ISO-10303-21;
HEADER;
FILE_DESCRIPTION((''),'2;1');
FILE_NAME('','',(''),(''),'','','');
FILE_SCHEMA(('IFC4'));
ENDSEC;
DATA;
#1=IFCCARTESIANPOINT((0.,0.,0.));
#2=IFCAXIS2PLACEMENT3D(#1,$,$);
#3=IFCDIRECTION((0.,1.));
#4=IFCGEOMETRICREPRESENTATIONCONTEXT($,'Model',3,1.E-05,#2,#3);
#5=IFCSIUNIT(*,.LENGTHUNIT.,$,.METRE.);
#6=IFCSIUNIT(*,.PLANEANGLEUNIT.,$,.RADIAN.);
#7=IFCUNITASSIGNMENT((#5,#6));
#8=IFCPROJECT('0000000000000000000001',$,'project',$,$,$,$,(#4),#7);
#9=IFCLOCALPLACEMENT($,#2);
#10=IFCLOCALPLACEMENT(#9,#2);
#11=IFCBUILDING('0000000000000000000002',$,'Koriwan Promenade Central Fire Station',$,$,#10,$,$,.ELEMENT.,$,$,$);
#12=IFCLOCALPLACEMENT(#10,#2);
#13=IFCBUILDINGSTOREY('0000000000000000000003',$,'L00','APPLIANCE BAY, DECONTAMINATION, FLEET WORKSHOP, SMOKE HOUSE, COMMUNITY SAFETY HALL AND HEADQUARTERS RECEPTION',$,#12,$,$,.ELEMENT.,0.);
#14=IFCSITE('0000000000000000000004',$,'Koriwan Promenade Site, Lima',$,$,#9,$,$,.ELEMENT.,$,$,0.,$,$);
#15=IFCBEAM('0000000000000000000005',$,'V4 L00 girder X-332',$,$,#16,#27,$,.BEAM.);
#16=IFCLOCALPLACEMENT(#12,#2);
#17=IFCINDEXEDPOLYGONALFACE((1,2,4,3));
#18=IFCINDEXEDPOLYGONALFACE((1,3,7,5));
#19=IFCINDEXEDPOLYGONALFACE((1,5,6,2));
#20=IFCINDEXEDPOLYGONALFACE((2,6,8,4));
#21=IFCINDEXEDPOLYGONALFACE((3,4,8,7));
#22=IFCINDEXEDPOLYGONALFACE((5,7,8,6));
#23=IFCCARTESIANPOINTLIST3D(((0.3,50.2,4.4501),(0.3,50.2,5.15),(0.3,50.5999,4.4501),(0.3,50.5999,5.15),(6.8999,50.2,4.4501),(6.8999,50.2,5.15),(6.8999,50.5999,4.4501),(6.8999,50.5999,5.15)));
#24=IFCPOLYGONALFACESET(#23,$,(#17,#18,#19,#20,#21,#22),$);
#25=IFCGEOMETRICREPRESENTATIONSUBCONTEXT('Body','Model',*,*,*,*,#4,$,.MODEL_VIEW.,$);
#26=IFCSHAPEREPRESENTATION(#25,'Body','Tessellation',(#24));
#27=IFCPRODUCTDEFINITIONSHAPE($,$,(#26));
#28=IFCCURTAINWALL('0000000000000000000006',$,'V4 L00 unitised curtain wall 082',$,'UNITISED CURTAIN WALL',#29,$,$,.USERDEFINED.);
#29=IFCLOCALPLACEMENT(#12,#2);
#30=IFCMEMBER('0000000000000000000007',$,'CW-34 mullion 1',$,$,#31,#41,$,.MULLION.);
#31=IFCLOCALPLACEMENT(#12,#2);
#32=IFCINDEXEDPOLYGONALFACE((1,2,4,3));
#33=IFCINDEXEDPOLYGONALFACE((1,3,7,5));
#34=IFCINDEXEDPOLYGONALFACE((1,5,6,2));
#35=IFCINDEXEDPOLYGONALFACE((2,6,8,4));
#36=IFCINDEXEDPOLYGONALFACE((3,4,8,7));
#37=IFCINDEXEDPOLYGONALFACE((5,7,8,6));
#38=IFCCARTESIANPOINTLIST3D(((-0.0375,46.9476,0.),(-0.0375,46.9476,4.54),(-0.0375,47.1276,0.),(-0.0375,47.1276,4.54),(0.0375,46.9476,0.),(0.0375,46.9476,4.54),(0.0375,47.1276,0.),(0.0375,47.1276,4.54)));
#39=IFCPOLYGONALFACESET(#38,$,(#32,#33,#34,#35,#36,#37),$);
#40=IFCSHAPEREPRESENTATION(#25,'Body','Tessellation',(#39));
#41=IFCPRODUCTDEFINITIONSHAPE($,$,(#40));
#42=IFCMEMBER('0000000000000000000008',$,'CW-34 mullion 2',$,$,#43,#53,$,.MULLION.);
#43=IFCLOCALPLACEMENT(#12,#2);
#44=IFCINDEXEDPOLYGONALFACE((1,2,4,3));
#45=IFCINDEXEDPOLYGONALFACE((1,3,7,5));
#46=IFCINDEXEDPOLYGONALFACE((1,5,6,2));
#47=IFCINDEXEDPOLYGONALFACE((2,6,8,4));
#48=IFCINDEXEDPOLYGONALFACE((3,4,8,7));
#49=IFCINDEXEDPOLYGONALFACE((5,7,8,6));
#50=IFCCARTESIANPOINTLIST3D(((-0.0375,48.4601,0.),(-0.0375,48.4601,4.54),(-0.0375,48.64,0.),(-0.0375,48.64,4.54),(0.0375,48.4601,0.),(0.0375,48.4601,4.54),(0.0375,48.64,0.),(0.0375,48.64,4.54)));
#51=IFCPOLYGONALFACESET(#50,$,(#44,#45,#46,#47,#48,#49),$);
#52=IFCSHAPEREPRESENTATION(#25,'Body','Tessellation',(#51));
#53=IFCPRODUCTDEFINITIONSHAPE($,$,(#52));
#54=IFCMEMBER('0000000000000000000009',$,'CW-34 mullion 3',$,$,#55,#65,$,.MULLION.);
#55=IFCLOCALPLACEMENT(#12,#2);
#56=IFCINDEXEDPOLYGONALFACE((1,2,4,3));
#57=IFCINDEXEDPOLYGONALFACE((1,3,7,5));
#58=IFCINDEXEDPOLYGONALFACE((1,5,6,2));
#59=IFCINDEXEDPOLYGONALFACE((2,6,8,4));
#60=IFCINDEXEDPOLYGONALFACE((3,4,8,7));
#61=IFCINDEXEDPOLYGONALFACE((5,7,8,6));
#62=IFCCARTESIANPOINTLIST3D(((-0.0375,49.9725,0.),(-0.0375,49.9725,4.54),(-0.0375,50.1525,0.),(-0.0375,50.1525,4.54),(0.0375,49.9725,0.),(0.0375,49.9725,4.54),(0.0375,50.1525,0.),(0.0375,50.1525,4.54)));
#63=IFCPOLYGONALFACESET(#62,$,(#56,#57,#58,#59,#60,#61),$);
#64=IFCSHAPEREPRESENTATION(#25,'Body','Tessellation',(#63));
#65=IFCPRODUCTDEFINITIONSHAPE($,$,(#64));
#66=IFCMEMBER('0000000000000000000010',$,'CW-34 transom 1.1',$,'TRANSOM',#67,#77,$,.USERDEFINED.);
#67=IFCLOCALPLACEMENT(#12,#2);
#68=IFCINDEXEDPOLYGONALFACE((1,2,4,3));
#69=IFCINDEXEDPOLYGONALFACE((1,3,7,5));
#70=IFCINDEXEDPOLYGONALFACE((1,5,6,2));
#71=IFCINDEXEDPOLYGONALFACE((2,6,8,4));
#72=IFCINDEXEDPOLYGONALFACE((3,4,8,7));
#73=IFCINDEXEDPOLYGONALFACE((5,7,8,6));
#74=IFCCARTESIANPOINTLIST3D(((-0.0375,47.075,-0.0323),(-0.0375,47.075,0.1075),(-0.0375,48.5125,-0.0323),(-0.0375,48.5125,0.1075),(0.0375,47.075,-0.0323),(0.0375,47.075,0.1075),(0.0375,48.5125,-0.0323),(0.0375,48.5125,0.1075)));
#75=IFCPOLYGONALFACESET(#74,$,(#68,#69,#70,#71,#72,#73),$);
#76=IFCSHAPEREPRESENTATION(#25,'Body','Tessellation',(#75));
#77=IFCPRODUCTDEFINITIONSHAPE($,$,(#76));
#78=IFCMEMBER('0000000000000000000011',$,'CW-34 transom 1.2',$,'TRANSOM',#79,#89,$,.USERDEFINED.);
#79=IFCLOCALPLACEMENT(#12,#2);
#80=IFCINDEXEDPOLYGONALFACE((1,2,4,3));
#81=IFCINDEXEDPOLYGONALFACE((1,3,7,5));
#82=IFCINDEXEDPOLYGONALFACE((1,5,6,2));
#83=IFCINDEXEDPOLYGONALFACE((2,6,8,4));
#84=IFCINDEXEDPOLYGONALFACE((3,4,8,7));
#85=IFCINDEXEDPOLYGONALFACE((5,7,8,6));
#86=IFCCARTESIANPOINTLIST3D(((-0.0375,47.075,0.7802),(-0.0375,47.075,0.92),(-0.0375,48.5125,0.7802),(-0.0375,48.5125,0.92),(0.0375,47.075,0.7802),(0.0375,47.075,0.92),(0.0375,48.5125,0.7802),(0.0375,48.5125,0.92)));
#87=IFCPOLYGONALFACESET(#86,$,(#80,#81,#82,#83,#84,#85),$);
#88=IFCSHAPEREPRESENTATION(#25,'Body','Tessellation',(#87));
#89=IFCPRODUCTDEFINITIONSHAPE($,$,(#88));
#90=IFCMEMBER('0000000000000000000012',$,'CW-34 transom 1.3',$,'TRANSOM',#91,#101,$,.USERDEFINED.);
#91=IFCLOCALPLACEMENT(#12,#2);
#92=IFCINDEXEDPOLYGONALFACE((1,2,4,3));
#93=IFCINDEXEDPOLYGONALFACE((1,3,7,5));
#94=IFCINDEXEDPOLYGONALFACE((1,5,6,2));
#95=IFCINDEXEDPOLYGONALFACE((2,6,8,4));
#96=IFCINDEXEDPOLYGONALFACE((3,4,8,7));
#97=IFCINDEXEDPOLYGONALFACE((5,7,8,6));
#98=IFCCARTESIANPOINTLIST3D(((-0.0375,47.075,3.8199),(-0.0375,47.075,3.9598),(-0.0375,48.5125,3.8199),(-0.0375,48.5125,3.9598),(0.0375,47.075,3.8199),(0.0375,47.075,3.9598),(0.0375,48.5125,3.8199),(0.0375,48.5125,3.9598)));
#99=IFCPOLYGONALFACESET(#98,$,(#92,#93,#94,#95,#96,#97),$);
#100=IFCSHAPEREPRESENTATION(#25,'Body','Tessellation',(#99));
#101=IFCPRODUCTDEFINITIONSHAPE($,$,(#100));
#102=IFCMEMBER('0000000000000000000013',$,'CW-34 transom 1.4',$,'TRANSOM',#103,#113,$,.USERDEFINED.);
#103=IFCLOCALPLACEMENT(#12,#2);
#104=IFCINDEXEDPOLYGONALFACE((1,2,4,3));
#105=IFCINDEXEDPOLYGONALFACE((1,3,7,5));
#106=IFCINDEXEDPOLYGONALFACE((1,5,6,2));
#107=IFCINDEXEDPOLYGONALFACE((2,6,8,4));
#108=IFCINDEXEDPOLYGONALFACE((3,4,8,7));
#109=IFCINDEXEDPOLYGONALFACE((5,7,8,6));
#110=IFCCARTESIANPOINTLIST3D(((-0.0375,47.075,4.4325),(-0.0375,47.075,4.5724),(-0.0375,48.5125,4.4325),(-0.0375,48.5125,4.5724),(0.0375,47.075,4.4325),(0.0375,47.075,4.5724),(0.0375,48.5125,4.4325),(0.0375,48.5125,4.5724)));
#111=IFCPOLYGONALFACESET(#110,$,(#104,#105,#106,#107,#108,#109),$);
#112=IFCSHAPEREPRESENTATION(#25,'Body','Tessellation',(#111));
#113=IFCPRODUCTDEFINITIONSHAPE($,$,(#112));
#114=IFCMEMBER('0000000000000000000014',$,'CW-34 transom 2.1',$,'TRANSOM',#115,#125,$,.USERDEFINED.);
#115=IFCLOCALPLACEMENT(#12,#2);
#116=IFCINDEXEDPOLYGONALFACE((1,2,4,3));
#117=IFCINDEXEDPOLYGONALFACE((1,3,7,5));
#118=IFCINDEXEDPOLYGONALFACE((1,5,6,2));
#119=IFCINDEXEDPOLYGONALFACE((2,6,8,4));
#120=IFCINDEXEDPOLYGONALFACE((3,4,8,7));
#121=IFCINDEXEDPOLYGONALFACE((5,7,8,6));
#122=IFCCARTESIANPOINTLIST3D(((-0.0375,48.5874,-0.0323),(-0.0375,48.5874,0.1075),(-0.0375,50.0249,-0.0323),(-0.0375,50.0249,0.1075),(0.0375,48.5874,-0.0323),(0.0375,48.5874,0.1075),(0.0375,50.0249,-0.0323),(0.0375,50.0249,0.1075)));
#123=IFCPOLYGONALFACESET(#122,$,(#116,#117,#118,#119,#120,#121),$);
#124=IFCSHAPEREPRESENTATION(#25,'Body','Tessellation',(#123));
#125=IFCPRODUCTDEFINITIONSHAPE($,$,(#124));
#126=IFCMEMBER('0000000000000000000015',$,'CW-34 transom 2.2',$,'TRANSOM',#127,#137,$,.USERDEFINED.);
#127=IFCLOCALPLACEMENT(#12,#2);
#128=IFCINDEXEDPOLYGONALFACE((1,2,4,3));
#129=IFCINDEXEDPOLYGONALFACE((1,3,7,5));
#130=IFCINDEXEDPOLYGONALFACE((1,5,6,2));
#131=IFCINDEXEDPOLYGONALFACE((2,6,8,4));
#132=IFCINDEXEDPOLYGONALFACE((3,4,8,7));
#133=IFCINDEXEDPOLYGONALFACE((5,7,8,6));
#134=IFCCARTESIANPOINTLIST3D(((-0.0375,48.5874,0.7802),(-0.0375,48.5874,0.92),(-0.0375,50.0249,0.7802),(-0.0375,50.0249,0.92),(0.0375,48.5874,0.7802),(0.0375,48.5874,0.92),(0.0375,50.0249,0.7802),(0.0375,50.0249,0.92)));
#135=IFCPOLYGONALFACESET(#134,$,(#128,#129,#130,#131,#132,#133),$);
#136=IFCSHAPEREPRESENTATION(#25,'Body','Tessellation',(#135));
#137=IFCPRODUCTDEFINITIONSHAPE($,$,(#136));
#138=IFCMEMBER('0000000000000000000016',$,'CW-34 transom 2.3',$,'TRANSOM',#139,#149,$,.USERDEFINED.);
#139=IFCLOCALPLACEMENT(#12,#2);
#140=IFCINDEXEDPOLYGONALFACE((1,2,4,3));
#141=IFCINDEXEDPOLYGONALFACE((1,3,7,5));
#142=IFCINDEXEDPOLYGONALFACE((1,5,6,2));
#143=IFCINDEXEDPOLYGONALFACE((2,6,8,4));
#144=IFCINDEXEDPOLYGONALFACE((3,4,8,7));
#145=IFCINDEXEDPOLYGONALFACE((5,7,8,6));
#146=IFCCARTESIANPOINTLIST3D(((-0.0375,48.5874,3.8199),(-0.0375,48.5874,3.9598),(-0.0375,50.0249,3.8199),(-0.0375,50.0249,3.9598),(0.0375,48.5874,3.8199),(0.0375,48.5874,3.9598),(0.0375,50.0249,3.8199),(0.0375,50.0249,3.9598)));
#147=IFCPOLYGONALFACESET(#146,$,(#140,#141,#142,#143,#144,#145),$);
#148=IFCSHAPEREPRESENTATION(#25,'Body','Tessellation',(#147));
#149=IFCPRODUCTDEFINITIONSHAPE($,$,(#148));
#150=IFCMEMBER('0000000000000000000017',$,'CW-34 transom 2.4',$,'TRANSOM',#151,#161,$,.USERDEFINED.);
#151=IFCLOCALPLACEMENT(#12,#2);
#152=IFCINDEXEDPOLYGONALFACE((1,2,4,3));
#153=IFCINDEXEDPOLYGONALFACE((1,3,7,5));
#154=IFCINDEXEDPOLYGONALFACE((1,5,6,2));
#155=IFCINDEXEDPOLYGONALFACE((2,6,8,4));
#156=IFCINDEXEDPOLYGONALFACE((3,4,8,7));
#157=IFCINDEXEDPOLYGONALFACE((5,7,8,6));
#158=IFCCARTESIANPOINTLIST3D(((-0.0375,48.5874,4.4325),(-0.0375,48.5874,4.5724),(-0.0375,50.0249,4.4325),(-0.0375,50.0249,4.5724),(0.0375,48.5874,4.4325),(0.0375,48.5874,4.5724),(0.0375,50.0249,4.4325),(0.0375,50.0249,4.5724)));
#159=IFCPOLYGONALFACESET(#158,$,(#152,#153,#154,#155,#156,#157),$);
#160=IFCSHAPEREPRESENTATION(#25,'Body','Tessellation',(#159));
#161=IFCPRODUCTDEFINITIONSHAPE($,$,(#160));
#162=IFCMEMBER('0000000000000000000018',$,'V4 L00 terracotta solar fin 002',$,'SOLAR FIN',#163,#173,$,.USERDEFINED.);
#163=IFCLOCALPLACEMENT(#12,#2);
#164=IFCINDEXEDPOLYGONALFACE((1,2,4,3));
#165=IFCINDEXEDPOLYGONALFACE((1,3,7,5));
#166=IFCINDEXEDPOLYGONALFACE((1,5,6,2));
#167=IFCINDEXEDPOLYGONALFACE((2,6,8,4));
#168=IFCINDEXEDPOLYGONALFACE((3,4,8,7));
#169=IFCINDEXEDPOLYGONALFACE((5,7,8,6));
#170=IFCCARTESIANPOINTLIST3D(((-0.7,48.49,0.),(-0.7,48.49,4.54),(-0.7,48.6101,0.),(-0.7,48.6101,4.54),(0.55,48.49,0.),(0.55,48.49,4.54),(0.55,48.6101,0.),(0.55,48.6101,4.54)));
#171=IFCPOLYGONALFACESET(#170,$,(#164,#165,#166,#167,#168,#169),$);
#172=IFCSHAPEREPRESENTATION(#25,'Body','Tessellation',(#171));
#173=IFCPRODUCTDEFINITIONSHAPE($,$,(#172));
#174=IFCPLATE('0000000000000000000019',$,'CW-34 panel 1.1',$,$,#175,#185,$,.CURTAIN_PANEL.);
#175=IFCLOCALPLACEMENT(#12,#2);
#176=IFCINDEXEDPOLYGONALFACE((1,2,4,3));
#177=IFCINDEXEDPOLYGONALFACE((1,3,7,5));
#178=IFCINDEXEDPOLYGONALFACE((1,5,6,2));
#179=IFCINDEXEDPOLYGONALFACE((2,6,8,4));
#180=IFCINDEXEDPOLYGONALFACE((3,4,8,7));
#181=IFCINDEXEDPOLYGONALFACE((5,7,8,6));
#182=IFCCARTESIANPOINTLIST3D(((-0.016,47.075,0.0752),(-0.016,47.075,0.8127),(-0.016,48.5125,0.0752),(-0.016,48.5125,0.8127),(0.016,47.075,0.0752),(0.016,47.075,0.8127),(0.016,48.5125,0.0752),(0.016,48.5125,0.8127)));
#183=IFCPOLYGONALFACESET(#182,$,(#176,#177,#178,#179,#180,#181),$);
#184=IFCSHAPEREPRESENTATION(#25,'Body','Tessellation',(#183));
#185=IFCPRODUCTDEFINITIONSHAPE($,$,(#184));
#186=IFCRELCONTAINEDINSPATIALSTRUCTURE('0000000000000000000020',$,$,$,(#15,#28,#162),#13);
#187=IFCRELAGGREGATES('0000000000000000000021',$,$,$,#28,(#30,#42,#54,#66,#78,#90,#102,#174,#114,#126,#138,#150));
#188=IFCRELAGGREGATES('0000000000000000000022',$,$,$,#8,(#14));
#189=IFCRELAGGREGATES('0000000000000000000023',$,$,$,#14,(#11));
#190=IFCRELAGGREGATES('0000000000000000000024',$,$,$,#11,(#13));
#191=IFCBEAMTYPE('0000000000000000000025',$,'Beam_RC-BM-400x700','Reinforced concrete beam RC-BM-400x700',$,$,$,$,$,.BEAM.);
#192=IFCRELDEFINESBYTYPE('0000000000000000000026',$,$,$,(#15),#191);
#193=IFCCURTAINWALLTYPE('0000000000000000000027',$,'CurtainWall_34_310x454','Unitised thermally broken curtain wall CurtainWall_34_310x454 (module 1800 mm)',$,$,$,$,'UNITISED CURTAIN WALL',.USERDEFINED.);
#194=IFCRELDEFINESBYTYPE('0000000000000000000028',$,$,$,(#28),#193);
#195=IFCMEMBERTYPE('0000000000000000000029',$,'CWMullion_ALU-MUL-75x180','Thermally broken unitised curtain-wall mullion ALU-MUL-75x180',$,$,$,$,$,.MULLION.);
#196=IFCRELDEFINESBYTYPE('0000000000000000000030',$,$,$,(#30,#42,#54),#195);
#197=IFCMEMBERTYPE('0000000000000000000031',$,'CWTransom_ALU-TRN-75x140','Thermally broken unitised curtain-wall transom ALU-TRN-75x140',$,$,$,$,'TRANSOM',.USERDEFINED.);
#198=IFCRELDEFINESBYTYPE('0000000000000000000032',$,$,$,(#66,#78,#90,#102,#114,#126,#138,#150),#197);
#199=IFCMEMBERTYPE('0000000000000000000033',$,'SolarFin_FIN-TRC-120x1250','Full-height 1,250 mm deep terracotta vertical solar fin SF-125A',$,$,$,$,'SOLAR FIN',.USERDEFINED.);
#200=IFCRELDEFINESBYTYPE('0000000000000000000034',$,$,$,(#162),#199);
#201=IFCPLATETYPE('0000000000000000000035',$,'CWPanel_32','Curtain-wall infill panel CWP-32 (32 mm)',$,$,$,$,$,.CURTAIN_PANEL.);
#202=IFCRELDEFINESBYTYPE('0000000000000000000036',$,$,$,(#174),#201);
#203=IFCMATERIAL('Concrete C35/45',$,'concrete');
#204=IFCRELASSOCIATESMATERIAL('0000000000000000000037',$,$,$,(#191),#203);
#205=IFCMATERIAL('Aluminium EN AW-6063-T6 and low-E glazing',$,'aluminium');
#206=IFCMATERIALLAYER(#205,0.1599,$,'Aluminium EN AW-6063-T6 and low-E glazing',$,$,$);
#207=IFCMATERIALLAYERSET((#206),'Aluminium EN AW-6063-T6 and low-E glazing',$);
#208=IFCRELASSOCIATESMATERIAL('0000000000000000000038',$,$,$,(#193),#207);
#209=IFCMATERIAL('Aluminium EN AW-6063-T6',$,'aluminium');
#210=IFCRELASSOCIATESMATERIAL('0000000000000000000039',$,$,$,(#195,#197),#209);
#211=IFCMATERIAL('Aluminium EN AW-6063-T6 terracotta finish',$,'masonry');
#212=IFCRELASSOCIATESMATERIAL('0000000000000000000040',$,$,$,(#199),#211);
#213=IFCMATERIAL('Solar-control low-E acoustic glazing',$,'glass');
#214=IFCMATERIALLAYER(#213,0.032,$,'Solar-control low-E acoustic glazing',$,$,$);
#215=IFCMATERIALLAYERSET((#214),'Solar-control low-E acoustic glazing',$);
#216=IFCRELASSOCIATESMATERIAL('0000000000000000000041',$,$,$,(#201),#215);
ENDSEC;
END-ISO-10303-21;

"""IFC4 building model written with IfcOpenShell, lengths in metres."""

from ifc_helpers import new_model, si_unit, direction, frame, origin, origin_2d, place, context, subcontext, project, spatial, rectangle, extrude, material, layer, layer_set, material_profile, profile_set, type_object, element, aggregate, save


model = new_model("IFC4")

# Units and contexts
model_context = context("Model", 3, precision=1e-05, world=origin(), true_north=direction((0.0, 1.0)))
body_context = subcontext(model_context, "Body", "Model", "MODEL_VIEW")
ifc_project = project(units=[si_unit("LENGTHUNIT", "METRE"), si_unit("PLANEANGLEUNIT", "RADIAN")], contexts=[model_context])

# Site, building, storey
site_placement = place(None, origin())
site = spatial("IfcSite", under=ifc_project, at=site_placement, Name="Koriwan Promenade Site, Lima", CompositionType="ELEMENT", RefElevation=0.0)
building_placement = place(site_placement, origin())
building = spatial("IfcBuilding", under=site, at=building_placement, Name="Koriwan Promenade Central Fire Station", CompositionType="ELEMENT")
storey_placement = place(building_placement, origin())
storey = spatial("IfcBuildingStorey", under=building, at=storey_placement, Name="L00", Description="APPLIANCE BAY, DECONTAMINATION, FLEET WORKSHOP, SMOKE HOUSE, COMMUNITY SAFETY HALL AND HEADQUARTERS RECEPTION", CompositionType="ELEMENT", Elevation=0.0)

# Shared definitions
ifc_material_1 = material(Name="Concrete C35/45", Category="concrete")

# Beam
ifc_material_profile_1 = material_profile(ifc_material_1, rectangle(XDim=0.3999, YDim=0.7, at=origin_2d()), Name="RC-BM-400x700")
ifc_profile_set_1 = profile_set([ifc_material_profile_1], Name="Concrete C35/45")
beam_type_1 = type_object("IfcBeamType", Name="Beam_RC-BM-400x700", Description="Reinforced concrete beam RC-BM-400x700", PredefinedType="BEAM", material=ifc_profile_set_1)
beam_1_placement = place(storey_placement, frame((0.3, 50.3999, 4.8), z_axis=(1.0, 0.0, 0.0), x_axis=(0.0, 1.0, 0.0)))
element("IfcBeam", 1, at=beam_1_placement, inside=storey, type_object=beam_type_1, Name="V4 L00 girder X-332", PredefinedType="BEAM", context=body_context, shape_type="SweptSolid", body=[
    extrude(rectangle(XDim=0.3999, YDim=0.7, at=origin_2d()), origin(), (0.0, 0.0, 1.0), 6.5999),
])

# Curtain wall, members
ifc_material_2 = material(Name="Aluminium EN AW-6063-T6 and low-E glazing", Category="aluminium")
ifc_layer_1 = layer(ifc_material_2, 0.1599, Name="Aluminium EN AW-6063-T6 and low-E glazing")
ifc_layer_set_1 = layer_set([ifc_layer_1], Name="Aluminium EN AW-6063-T6 and low-E glazing")
curtain_wall_type = type_object("IfcCurtainWallType", Name="CurtainWall_34_310x454", Description="Unitised thermally broken curtain wall CurtainWall_34_310x454 (module 1800 mm)", ElementType="UNITISED CURTAIN WALL", PredefinedType="USERDEFINED", material=ifc_layer_set_1)
curtain_wall_placement = place(storey_placement, origin())
curtain_wall = element("IfcCurtainWall", 2, at=curtain_wall_placement, inside=storey, type_object=curtain_wall_type, Name="V4 L00 unitised curtain wall 082", ObjectType="UNITISED CURTAIN WALL", PredefinedType="USERDEFINED")
ifc_material_3 = material(Name="Aluminium EN AW-6063-T6", Category="aluminium")
ifc_material_profile_2 = material_profile(ifc_material_3, rectangle(XDim=0.075, YDim=0.1799, at=origin_2d()), Name="ALU-MUL-75x180")
ifc_profile_set_2 = profile_set([ifc_material_profile_2], Name="Aluminium EN AW-6063-T6")
member_type_1 = type_object("IfcMemberType", Name="CWMullion_ALU-MUL-75x180", Description="Thermally broken unitised curtain-wall mullion ALU-MUL-75x180", PredefinedType="MULLION", material=ifc_profile_set_2)
member_1_placement = place(storey_placement, frame((0.0, 47.0376, 0.0), z_axis=(0.0, 0.0, 1.0), x_axis=(-1.0, 0.0, 0.0)))
member_1 = element("IfcMember", 3, at=member_1_placement, type_object=member_type_1, Name="CW-34 mullion 1", PredefinedType="MULLION", context=body_context, shape_type="SweptSolid", body=[
    extrude(rectangle(XDim=0.075, YDim=0.1799, at=origin_2d()), origin(), (0.0, 0.0, 1.0), 4.54),
])
member_2_placement = place(storey_placement, frame((0.0, 48.55, 0.0), z_axis=(0.0, 0.0, 1.0), x_axis=(-1.0, 0.0, 0.0)))
member_2 = element("IfcMember", 4, at=member_2_placement, type_object=member_type_1, Name="CW-34 mullion 2", PredefinedType="MULLION", context=body_context, shape_type="SweptSolid", body=[
    extrude(rectangle(XDim=0.075, YDim=0.1799, at=origin_2d()), origin(), (0.0, 0.0, 1.0), 4.54),
])
member_3_placement = place(storey_placement, frame((0.0, 50.0625, 0.0), z_axis=(0.0, 0.0, 1.0), x_axis=(-1.0, 0.0, 0.0)))
member_3 = element("IfcMember", 5, at=member_3_placement, type_object=member_type_1, Name="CW-34 mullion 3", PredefinedType="MULLION", context=body_context, shape_type="SweptSolid", body=[
    extrude(rectangle(XDim=0.075, YDim=0.1799, at=origin_2d()), origin(), (0.0, 0.0, 1.0), 4.54),
])
ifc_material_profile_3 = material_profile(ifc_material_3, rectangle(XDim=0.075, YDim=0.1399, at=origin_2d()), Name="ALU-TRN-75x140")
ifc_profile_set_3 = profile_set([ifc_material_profile_3], Name="Aluminium EN AW-6063-T6")
member_type_2 = type_object("IfcMemberType", Name="CWTransom_ALU-TRN-75x140", Description="Thermally broken unitised curtain-wall transom ALU-TRN-75x140", ElementType="TRANSOM", PredefinedType="USERDEFINED", material=ifc_profile_set_3)
member_4_placement = place(storey_placement, frame((0.0, 47.075, 0.0376), z_axis=(0.0, 1.0, 0.0), x_axis=(-1.0, 0.0, 0.0)))
member_4 = element("IfcMember", 6, at=member_4_placement, type_object=member_type_2, Name="CW-34 transom 1.1", ObjectType="TRANSOM", PredefinedType="USERDEFINED", context=body_context, shape_type="SweptSolid", body=[
    extrude(rectangle(XDim=0.075, YDim=0.1399, at=origin_2d()), origin(), (0.0, 0.0, 1.0), 1.4375),
])
member_5_placement = place(storey_placement, frame((0.0, 47.075, 0.8501), z_axis=(0.0, 1.0, 0.0), x_axis=(-1.0, 0.0, 0.0)))
member_5 = element("IfcMember", 7, at=member_5_placement, type_object=member_type_2, Name="CW-34 transom 1.2", ObjectType="TRANSOM", PredefinedType="USERDEFINED", context=body_context, shape_type="SweptSolid", body=[
    extrude(rectangle(XDim=0.075, YDim=0.1399, at=origin_2d()), origin(), (0.0, 0.0, 1.0), 1.4375),
])
member_6_placement = place(storey_placement, frame((0.0, 47.075, 3.8899), z_axis=(0.0, 1.0, 0.0), x_axis=(-1.0, 0.0, 0.0)))
member_6 = element("IfcMember", 8, at=member_6_placement, type_object=member_type_2, Name="CW-34 transom 1.3", ObjectType="TRANSOM", PredefinedType="USERDEFINED", context=body_context, shape_type="SweptSolid", body=[
    extrude(rectangle(XDim=0.075, YDim=0.1399, at=origin_2d()), origin(), (0.0, 0.0, 1.0), 1.4375),
])
member_7_placement = place(storey_placement, frame((0.0, 47.075, 4.5024), z_axis=(0.0, 1.0, 0.0), x_axis=(-1.0, 0.0, 0.0)))
member_7 = element("IfcMember", 9, at=member_7_placement, type_object=member_type_2, Name="CW-34 transom 1.4", ObjectType="TRANSOM", PredefinedType="USERDEFINED", context=body_context, shape_type="SweptSolid", body=[
    extrude(rectangle(XDim=0.075, YDim=0.1399, at=origin_2d()), origin(), (0.0, 0.0, 1.0), 1.4375),
])
member_8_placement = place(storey_placement, frame((0.0, 48.5874, 0.0376), z_axis=(0.0, 1.0, 0.0), x_axis=(-1.0, 0.0, 0.0)))
member_8 = element("IfcMember", 10, at=member_8_placement, type_object=member_type_2, Name="CW-34 transom 2.1", ObjectType="TRANSOM", PredefinedType="USERDEFINED", context=body_context, shape_type="SweptSolid", body=[
    extrude(rectangle(XDim=0.075, YDim=0.1399, at=origin_2d()), origin(), (0.0, 0.0, 1.0), 1.4375),
])
member_9_placement = place(storey_placement, frame((0.0, 48.5874, 0.8501), z_axis=(0.0, 1.0, 0.0), x_axis=(-1.0, 0.0, 0.0)))
member_9 = element("IfcMember", 11, at=member_9_placement, type_object=member_type_2, Name="CW-34 transom 2.2", ObjectType="TRANSOM", PredefinedType="USERDEFINED", context=body_context, shape_type="SweptSolid", body=[
    extrude(rectangle(XDim=0.075, YDim=0.1399, at=origin_2d()), origin(), (0.0, 0.0, 1.0), 1.4375),
])
member_10_placement = place(storey_placement, frame((0.0, 48.5874, 3.8899), z_axis=(0.0, 1.0, 0.0), x_axis=(-1.0, 0.0, 0.0)))
member_10 = element("IfcMember", 12, at=member_10_placement, type_object=member_type_2, Name="CW-34 transom 2.3", ObjectType="TRANSOM", PredefinedType="USERDEFINED", context=body_context, shape_type="SweptSolid", body=[
    extrude(rectangle(XDim=0.075, YDim=0.1399, at=origin_2d()), origin(), (0.0, 0.0, 1.0), 1.4375),
])
member_11_placement = place(storey_placement, frame((0.0, 48.5874, 4.5024), z_axis=(0.0, 1.0, 0.0), x_axis=(-1.0, 0.0, 0.0)))
member_11 = element("IfcMember", 13, at=member_11_placement, type_object=member_type_2, Name="CW-34 transom 2.4", ObjectType="TRANSOM", PredefinedType="USERDEFINED", context=body_context, shape_type="SweptSolid", body=[
    extrude(rectangle(XDim=0.075, YDim=0.1399, at=origin_2d()), origin(), (0.0, 0.0, 1.0), 1.4375),
])

# Member
ifc_material_4 = material(Name="Aluminium EN AW-6063-T6 terracotta finish", Category="masonry")
ifc_material_profile_4 = material_profile(ifc_material_4, rectangle(XDim=0.1201, YDim=1.25, at=origin_2d()), Name="FIN-TRC-120x1250")
ifc_profile_set_4 = profile_set([ifc_material_profile_4], Name="Aluminium EN AW-6063-T6 terracotta finish")
member_type_3 = type_object("IfcMemberType", Name="SolarFin_FIN-TRC-120x1250", Description="Full-height 1,250 mm deep terracotta vertical solar fin SF-125A", ElementType="SOLAR FIN", PredefinedType="USERDEFINED", material=ifc_profile_set_4)
member_12_placement = place(storey_placement, frame((-0.075, 48.55, 0.0), z_axis=(0.0, 0.0, 1.0), x_axis=(0.0, 1.0, 0.0)))
element("IfcMember", 14, at=member_12_placement, inside=storey, type_object=member_type_3, Name="V4 L00 terracotta solar fin 002", ObjectType="SOLAR FIN", PredefinedType="USERDEFINED", context=body_context, shape_type="SweptSolid", body=[
    extrude(rectangle(XDim=0.1201, YDim=1.25, at=origin_2d()), origin(), (0.0, 0.0, 1.0), 4.54),
])

# Plate
ifc_material_5 = material(Name="Solar-control low-E acoustic glazing", Category="glass")
ifc_layer_2 = layer(ifc_material_5, 0.032, Name="Solar-control low-E acoustic glazing")
ifc_layer_set_2 = layer_set([ifc_layer_2], Name="Solar-control low-E acoustic glazing")
plate_type = type_object("IfcPlateType", Name="CWPanel_32", Description="Curtain-wall infill panel CWP-32 (32 mm)", PredefinedType="CURTAIN_PANEL", material=ifc_layer_set_2)
plate_1_placement = place(storey_placement, frame((0.0, 47.7937, 0.0752), z_axis=(0.0, 0.0, 1.0), x_axis=(0.0, 1.0, 0.0)))
plate_1 = element("IfcPlate", 15, at=plate_1_placement, type_object=plate_type, Name="CW-34 panel 1.1", PredefinedType="CURTAIN_PANEL", context=body_context, shape_type="SweptSolid", body=[
    extrude(rectangle(XDim=1.4375, YDim=0.032, at=origin_2d()), origin(), (0.0, 0.0, 1.0), 0.7375),
])
aggregate(curtain_wall, [member_1, member_2, member_3, member_4, member_5, member_6, member_7, plate_1, member_8, member_9, member_10, member_11])

save(model, "model.ifc")
